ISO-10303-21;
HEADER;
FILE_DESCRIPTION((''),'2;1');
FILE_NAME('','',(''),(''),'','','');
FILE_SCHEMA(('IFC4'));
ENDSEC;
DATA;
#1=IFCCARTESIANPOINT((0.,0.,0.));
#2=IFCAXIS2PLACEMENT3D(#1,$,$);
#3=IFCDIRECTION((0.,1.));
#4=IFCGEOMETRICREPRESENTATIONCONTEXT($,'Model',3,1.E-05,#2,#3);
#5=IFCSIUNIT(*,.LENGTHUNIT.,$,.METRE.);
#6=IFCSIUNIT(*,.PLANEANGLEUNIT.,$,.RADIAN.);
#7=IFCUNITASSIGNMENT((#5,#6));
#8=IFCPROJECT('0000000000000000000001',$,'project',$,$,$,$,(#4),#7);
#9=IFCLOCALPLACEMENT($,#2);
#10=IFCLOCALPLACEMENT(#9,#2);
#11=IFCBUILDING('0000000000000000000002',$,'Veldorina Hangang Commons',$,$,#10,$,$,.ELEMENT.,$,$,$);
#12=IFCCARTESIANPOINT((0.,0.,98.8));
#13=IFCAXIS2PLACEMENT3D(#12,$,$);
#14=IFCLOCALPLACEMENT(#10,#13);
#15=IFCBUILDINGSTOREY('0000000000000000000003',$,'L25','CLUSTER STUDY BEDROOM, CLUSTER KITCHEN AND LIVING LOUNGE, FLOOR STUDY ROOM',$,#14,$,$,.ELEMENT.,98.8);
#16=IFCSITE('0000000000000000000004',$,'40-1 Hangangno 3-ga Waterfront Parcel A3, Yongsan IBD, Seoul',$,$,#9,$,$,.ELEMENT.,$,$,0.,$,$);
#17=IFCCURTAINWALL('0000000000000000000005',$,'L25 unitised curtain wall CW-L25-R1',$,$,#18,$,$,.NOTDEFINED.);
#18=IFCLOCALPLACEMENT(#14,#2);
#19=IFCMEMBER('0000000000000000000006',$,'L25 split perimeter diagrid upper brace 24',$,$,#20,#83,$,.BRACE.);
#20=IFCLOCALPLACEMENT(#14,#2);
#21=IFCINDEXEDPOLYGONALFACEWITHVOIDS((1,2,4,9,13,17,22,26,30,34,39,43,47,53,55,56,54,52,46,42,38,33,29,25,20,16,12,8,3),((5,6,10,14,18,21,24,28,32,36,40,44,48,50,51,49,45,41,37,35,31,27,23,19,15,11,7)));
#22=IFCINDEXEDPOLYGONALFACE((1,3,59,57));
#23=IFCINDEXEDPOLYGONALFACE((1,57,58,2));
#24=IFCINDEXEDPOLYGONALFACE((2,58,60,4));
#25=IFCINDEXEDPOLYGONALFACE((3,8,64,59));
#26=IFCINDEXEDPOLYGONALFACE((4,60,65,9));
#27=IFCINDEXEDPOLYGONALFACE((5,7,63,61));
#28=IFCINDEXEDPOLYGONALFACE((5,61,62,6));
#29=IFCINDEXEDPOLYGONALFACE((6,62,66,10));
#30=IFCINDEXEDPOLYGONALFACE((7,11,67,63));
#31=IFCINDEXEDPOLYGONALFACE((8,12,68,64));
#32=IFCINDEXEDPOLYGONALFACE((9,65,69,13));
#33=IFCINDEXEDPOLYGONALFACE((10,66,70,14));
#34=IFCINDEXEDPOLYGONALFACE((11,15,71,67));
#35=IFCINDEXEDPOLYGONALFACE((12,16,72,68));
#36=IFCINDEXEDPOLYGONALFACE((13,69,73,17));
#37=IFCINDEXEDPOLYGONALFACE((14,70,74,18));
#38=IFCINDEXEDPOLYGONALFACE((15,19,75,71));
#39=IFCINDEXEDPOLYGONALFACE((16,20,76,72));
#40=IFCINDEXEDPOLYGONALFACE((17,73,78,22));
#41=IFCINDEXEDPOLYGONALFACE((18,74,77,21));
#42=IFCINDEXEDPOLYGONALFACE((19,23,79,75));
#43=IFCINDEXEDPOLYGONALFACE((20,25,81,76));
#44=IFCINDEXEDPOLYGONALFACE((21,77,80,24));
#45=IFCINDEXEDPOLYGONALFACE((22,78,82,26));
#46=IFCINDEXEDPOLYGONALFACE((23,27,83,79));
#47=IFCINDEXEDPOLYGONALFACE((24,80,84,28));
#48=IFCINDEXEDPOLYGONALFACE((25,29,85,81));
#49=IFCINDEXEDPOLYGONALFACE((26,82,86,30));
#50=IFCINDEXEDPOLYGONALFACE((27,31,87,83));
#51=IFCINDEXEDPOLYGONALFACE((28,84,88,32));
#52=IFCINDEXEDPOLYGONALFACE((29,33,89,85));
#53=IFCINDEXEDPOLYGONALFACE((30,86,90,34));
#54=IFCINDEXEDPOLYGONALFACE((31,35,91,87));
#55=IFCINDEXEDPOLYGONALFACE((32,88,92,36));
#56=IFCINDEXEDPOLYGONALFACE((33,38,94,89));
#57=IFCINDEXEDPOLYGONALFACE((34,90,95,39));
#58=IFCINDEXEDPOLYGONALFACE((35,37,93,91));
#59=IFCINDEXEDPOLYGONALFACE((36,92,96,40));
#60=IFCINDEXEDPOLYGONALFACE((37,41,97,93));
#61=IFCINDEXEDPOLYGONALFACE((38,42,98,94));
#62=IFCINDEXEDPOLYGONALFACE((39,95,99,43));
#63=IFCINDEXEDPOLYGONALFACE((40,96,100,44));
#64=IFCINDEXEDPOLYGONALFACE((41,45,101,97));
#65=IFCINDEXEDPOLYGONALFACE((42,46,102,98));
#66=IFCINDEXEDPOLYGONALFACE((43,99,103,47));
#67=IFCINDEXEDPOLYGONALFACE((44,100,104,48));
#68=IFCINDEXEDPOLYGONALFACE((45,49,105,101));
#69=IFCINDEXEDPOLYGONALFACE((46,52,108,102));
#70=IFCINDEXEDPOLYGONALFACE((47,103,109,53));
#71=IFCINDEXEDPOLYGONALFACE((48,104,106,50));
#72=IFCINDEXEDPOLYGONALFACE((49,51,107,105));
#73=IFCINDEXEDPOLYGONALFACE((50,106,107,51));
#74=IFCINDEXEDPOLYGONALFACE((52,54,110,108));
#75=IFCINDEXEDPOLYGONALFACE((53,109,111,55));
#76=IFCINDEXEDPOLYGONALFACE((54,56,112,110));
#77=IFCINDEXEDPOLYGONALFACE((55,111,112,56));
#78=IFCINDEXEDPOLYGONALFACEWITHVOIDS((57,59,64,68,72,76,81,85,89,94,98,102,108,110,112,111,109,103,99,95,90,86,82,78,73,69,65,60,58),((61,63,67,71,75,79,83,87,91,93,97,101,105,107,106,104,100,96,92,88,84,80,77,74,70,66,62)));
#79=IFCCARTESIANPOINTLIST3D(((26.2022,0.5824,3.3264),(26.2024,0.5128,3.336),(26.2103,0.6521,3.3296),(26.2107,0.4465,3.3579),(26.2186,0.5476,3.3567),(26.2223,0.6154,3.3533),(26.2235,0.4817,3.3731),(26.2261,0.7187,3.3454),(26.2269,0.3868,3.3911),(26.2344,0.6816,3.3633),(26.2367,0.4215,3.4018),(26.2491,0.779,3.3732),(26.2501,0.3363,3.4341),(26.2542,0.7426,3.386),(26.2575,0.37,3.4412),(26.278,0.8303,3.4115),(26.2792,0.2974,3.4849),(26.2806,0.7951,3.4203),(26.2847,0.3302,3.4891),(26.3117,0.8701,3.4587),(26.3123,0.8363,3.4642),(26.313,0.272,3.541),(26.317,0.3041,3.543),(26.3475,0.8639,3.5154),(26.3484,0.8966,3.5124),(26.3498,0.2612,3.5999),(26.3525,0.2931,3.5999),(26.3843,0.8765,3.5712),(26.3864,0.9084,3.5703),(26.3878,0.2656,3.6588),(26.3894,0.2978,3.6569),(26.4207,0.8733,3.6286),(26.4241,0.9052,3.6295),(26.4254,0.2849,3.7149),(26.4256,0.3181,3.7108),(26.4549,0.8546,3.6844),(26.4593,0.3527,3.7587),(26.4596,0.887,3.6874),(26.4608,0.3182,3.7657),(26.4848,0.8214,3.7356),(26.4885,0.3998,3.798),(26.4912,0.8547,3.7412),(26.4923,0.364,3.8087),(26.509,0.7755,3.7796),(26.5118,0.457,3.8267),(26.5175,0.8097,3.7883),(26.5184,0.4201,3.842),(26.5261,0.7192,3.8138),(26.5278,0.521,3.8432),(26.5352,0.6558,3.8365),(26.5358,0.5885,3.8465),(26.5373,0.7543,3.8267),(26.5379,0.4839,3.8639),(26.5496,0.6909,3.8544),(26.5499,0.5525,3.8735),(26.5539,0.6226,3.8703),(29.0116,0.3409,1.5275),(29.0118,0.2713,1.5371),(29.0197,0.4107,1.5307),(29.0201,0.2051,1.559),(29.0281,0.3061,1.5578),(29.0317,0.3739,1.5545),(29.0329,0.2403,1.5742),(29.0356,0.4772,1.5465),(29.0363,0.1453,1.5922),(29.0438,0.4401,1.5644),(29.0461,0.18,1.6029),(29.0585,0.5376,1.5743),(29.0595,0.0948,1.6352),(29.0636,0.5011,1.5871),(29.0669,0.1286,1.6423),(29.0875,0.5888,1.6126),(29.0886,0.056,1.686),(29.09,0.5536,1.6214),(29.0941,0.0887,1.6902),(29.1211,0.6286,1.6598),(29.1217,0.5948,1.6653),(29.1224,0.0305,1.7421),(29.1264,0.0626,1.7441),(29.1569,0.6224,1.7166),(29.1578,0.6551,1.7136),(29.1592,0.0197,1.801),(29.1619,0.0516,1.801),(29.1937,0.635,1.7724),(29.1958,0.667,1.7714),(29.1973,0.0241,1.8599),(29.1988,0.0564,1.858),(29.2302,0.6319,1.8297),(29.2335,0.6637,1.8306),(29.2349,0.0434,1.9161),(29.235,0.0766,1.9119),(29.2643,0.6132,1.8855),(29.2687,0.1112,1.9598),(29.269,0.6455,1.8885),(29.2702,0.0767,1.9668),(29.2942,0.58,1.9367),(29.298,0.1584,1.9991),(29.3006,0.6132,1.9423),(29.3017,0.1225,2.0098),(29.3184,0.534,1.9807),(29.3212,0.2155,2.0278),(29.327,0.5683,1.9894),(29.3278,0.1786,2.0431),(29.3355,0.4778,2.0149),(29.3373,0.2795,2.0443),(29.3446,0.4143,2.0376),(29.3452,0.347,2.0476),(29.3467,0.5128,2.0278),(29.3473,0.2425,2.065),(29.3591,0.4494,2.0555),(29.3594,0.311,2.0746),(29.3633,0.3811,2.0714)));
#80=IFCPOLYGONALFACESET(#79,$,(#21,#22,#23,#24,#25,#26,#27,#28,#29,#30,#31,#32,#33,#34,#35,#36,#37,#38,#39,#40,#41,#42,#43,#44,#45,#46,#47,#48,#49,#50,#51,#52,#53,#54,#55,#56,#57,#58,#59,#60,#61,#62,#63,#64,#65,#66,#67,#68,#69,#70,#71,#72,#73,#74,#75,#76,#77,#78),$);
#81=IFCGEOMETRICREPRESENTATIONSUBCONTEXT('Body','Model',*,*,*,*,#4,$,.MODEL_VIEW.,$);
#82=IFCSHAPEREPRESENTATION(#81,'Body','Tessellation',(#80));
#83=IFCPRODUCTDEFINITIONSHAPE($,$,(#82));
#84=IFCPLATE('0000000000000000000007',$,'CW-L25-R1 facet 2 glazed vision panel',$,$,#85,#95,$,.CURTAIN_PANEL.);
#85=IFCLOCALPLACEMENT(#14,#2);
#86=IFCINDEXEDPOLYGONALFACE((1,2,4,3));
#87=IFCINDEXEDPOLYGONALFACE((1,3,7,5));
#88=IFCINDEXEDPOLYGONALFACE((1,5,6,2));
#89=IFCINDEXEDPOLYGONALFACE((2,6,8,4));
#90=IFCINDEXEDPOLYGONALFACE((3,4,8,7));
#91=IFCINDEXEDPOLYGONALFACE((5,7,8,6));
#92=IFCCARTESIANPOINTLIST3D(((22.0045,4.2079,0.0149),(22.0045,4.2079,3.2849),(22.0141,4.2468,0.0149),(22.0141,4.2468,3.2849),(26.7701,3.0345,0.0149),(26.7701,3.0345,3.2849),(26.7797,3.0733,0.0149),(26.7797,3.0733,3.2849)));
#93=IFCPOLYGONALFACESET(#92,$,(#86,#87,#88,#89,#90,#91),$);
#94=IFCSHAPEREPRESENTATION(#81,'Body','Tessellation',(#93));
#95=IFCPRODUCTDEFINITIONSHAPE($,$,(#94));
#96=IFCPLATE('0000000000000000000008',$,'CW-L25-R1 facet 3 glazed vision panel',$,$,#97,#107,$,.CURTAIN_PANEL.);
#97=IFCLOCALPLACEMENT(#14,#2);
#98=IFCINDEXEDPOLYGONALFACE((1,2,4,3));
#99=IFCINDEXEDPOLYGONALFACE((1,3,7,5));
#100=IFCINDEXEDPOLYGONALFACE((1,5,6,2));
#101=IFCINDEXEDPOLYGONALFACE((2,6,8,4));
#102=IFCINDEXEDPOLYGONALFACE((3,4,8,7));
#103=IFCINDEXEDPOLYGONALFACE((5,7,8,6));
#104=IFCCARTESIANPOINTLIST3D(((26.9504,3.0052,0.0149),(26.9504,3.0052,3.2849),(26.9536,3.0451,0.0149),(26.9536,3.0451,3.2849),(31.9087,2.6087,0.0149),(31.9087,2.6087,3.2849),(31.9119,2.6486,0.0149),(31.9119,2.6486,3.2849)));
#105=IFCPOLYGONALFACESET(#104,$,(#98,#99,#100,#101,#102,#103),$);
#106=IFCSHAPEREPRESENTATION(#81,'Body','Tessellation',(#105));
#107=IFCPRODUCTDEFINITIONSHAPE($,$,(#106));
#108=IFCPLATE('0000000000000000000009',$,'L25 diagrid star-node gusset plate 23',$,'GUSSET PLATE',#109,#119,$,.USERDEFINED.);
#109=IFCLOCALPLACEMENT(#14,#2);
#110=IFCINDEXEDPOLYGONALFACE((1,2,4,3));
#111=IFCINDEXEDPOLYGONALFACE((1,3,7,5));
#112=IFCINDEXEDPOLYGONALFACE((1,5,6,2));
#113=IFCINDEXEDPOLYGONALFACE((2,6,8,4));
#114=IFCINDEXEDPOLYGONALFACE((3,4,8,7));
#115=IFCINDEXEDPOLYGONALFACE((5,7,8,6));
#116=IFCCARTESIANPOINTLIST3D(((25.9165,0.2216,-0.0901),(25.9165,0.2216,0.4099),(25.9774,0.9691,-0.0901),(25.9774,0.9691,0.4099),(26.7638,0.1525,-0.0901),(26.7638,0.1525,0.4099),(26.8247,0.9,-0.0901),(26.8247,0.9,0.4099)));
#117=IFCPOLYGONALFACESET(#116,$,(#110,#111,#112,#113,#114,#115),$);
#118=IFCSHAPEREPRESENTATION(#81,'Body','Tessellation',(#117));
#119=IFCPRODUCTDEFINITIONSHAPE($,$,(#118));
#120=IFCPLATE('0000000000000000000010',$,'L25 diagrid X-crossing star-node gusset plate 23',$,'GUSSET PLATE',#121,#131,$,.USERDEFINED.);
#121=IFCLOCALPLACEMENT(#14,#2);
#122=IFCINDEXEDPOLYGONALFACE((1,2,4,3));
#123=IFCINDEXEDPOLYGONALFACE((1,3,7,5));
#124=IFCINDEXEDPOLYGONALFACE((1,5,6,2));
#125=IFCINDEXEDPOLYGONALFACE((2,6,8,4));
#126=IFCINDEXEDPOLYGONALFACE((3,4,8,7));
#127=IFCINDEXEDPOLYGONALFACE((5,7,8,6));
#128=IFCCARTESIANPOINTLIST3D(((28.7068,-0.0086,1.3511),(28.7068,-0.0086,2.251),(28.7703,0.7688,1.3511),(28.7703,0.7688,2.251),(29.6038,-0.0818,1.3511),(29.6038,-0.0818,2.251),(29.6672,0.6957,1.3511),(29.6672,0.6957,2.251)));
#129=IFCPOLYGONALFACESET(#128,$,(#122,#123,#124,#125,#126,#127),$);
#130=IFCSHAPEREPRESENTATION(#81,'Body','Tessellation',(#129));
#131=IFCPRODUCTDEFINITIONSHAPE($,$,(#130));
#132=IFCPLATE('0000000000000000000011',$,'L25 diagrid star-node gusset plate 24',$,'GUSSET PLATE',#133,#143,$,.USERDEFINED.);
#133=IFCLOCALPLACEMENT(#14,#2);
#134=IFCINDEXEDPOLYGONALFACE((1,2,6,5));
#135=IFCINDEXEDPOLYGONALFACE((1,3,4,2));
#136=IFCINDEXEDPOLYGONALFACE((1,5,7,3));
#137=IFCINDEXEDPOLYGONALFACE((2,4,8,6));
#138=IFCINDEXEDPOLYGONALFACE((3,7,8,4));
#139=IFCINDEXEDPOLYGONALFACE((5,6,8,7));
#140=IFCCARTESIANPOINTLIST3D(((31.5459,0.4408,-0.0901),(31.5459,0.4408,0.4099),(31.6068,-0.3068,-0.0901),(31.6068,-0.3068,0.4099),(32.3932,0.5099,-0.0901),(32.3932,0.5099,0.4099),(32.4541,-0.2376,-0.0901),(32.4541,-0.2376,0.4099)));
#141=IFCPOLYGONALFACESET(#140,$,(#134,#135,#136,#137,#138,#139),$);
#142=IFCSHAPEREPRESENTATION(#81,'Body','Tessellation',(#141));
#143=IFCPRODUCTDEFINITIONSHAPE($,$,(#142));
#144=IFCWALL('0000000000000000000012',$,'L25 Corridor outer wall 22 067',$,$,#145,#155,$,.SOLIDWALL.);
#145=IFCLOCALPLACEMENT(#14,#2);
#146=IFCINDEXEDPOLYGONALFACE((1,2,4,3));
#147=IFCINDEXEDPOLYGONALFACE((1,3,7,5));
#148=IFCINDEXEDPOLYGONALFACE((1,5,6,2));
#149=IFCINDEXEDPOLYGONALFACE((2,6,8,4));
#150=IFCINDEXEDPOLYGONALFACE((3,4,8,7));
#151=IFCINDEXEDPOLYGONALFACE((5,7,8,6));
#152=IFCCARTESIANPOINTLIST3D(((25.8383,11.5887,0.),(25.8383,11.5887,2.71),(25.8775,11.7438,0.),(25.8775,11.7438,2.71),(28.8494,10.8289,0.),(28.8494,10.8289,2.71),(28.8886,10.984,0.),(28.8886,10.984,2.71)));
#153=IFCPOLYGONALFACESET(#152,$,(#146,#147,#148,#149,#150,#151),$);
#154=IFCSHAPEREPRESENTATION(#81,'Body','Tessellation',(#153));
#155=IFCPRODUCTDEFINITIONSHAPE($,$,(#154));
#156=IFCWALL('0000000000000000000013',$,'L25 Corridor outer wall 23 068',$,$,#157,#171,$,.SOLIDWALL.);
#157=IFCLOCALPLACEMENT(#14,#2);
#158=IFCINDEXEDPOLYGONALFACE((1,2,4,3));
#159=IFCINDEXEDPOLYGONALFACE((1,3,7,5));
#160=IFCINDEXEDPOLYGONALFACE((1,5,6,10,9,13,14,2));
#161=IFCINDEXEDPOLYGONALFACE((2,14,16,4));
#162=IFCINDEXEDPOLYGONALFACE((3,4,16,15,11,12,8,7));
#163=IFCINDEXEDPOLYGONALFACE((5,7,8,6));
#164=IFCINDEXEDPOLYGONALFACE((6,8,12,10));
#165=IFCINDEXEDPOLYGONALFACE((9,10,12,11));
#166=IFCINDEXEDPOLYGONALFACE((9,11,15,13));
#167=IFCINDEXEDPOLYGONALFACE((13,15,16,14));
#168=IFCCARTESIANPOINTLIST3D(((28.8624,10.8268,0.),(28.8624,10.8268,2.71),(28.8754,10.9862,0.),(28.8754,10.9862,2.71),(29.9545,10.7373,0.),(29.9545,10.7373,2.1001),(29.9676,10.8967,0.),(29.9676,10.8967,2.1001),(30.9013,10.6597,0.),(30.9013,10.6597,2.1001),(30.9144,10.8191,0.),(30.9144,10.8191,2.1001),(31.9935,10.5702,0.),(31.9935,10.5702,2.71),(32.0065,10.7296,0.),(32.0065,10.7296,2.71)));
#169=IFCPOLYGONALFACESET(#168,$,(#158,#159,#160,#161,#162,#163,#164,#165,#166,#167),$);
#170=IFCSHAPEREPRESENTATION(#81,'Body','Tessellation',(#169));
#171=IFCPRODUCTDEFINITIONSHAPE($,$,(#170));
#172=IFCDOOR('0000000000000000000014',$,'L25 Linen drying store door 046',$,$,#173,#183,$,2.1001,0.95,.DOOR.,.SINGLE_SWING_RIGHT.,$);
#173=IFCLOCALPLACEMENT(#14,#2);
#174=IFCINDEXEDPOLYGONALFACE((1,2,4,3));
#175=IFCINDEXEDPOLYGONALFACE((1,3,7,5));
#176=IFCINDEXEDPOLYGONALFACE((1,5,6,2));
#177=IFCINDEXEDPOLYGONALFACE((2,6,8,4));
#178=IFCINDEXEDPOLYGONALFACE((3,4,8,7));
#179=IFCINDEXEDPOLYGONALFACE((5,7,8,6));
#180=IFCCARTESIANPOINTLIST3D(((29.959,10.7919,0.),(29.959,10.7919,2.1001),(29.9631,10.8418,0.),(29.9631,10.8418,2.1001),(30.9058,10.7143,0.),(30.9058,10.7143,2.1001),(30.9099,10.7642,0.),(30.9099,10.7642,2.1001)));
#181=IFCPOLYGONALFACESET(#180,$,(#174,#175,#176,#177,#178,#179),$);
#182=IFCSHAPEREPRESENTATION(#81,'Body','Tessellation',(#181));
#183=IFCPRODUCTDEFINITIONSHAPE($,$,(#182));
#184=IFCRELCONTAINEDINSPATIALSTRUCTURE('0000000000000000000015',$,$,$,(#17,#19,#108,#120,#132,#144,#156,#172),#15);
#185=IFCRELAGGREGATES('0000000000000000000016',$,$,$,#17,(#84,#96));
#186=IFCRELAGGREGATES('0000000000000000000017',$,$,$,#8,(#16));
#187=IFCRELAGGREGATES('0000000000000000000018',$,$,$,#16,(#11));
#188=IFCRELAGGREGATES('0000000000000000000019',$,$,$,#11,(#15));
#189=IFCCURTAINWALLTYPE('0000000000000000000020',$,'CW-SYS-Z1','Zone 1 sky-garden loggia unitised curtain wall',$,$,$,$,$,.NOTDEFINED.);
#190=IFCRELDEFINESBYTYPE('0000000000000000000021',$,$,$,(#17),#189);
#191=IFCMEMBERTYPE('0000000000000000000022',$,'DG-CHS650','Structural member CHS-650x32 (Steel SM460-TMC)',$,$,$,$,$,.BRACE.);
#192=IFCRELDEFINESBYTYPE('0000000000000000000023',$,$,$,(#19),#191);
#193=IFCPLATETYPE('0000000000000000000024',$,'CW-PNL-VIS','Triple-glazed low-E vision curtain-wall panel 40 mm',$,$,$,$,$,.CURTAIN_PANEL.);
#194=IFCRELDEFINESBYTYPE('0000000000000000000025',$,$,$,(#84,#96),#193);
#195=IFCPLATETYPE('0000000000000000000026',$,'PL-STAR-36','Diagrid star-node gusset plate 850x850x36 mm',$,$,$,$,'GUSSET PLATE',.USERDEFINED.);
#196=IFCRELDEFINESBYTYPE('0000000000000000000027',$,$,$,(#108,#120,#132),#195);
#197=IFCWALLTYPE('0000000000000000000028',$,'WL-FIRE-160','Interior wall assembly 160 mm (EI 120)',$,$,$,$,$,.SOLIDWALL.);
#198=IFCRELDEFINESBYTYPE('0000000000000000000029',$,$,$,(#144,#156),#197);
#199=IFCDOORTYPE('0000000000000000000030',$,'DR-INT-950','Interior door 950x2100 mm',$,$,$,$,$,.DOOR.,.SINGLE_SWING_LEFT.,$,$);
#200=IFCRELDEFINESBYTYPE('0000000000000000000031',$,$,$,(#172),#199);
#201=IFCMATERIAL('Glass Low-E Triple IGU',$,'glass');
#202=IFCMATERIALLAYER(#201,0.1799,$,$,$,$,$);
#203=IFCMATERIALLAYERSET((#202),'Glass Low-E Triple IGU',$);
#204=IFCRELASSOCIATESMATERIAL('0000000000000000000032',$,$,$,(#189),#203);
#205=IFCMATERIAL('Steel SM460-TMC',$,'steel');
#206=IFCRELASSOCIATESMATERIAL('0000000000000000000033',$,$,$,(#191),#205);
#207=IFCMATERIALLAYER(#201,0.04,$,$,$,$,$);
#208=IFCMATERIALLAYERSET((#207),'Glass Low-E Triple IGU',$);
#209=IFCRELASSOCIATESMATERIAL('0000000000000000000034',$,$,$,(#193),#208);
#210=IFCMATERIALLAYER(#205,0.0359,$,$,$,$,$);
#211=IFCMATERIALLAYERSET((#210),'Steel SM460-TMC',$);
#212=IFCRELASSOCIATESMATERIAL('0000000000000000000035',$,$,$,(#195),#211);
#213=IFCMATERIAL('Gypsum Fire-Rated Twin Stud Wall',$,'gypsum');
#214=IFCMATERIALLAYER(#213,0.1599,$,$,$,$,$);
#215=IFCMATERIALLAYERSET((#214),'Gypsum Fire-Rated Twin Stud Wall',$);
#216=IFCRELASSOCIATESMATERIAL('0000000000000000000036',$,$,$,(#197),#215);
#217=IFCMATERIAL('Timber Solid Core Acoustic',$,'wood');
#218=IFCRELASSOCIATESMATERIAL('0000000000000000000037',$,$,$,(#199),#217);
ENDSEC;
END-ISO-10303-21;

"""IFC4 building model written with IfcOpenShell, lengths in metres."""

from ifc_helpers import new_model, si_unit, direction, frame, frame_2d, origin, origin_2d, place, context, subcontext, project, spatial, rectangle, hollow_circle, extrude, material, layer, layer_set, material_profile, profile_set, type_object, element, fill, aggregate, save


model = new_model("IFC4")

# Units and contexts
model_context = context("Model", 3, precision=1e-05, world=origin(), true_north=direction((0.0, 1.0)))
body_context = subcontext(model_context, "Body", "Model", "MODEL_VIEW")
ifc_project = project(units=[si_unit("LENGTHUNIT", "METRE"), si_unit("PLANEANGLEUNIT", "RADIAN")], contexts=[model_context])

# Site, building, storey
site_placement = place(None, origin())
site = spatial("IfcSite", under=ifc_project, at=site_placement, Name="40-1 Hangangno 3-ga Waterfront Parcel A3, Yongsan IBD, Seoul", CompositionType="ELEMENT", RefElevation=0.0)
building_placement = place(site_placement, origin())
building = spatial("IfcBuilding", under=site, at=building_placement, Name="Veldorina Hangang Commons", CompositionType="ELEMENT")
storey_placement = place(building_placement, frame((0.0, 0.0, 98.8)))
storey = spatial("IfcBuildingStorey", under=building, at=storey_placement, Name="L25", Description="CLUSTER STUDY BEDROOM, CLUSTER KITCHEN AND LIVING LOUNGE, FLOOR STUDY ROOM", CompositionType="ELEMENT", Elevation=98.8)

# Curtain wall
ifc_material_1 = material(Name="Glass Low-E Triple IGU", Category="glass")
ifc_layer_1 = layer(ifc_material_1, 0.1799)
ifc_layer_set_1 = layer_set([ifc_layer_1], Name="Glass Low-E Triple IGU")
curtain_wall_type = type_object("IfcCurtainWallType", Name="CW-SYS-Z1", Description="Zone 1 sky-garden loggia unitised curtain wall", PredefinedType="NOTDEFINED", material=ifc_layer_set_1)
curtain_wall_placement = place(storey_placement, origin())
curtain_wall = element("IfcCurtainWall", 1, at=curtain_wall_placement, inside=storey, type_object=curtain_wall_type, Name="L25 unitised curtain wall CW-L25-R1", PredefinedType="NOTDEFINED")

# Member
ifc_material_2 = material(Name="Steel SM460-TMC", Category="steel")
ifc_material_profile_1 = material_profile(ifc_material_2, hollow_circle(Radius=0.325, WallThickness=0.032, at=origin_2d()), Name="CHS-650x32")
ifc_profile_set_1 = profile_set([ifc_material_profile_1], Name="Steel SM460-TMC")
member_type_1 = type_object("IfcMemberType", Name="DG-CHS650", Description="Structural member CHS-650x32 (Steel SM460-TMC)", PredefinedType="BRACE", material=ifc_profile_set_1)
member_1_placement = place(storey_placement, frame((29.187, 0.3435, 1.801), z_axis=(-0.839957, 0.072192, 0.537829), x_axis=(-0.085632, -0.996327, 0.0)))
element("IfcMember", 2, at=member_1_placement, inside=storey, type_object=member_type_1, Name="L25 split perimeter diagrid upper brace 24", PredefinedType="BRACE", context=body_context, shape_type="SweptSolid", body=[
    extrude(hollow_circle(Radius=0.325, WallThickness=0.032, at=origin_2d()), origin(), (0.0, 0.0, 1.0), 3.3447),
])

# Plates
ifc_layer_2 = layer(ifc_material_1, 0.04)
ifc_layer_set_2 = layer_set([ifc_layer_2], Name="Glass Low-E Triple IGU")
plate_type_1 = type_object("IfcPlateType", Name="CW-PNL-VIS", Description="Triple-glazed low-E vision curtain-wall panel 40 mm", PredefinedType="CURTAIN_PANEL", material=ifc_layer_set_2)
plate_1_placement = place(storey_placement, frame((24.3921, 3.6406, 0.0149), z_axis=(0.0, 0.0, 1.0), x_axis=(0.970997, -0.239093, 0.0)))
plate_1 = element("IfcPlate", 3, at=plate_1_placement, type_object=plate_type_1, Name="CW-L25-R1 facet 2 glazed vision panel", PredefinedType="CURTAIN_PANEL", context=body_context, shape_type="SweptSolid", body=[
    extrude(rectangle(XDim=4.908, YDim=0.04, at=origin_2d()), origin(), (0.0, 0.0, 1.0), 3.27),
])
plate_2_placement = place(storey_placement, frame((29.4312, 2.8269, 0.0149), z_axis=(0.0, 0.0, 1.0), x_axis=(0.996818, -0.079712, 0.0)))
plate_2 = element("IfcPlate", 4, at=plate_2_placement, type_object=plate_type_1, Name="CW-L25-R1 facet 3 glazed vision panel", PredefinedType="CURTAIN_PANEL", context=body_context, shape_type="SweptSolid", body=[
    extrude(rectangle(XDim=4.9741, YDim=0.04, at=origin_2d()), origin(), (0.0, 0.0, 1.0), 3.27),
])
aggregate(curtain_wall, [plate_1, plate_2])

# Plates
ifc_layer_3 = layer(ifc_material_2, 0.0359)
ifc_layer_set_3 = layer_set([ifc_layer_3], Name="Steel SM460-TMC")
plate_type_2 = type_object("IfcPlateType", Name="PL-STAR-36", Description="Diagrid star-node gusset plate 850x850x36 mm", ElementType="GUSSET PLATE", PredefinedType="USERDEFINED", material=ifc_layer_set_3)
plate_3_placement = place(storey_placement, frame((26.3706, 0.5608, -0.0901), z_axis=(0.0, 0.0, 1.0), x_axis=(0.99669, -0.081295, 0.0)))
element("IfcPlate", 5, at=plate_3_placement, inside=storey, type_object=plate_type_2, Name="L25 diagrid star-node gusset plate 23", ObjectType="GUSSET PLATE", PredefinedType="USERDEFINED", context=body_context, shape_type="SweptSolid", body=[
    extrude(rectangle(XDim=0.8501, YDim=0.75, at=origin_2d()), origin(), (0.0, 0.0, 1.0), 0.5),
])
plate_4_placement = place(storey_placement, frame((29.187, 0.3435, 1.3511), z_axis=(0.0, 0.0, 1.0), x_axis=(0.99669, -0.081295, 0.0)))
element("IfcPlate", 6, at=plate_4_placement, inside=storey, type_object=plate_type_2, Name="L25 diagrid X-crossing star-node gusset plate 23", ObjectType="GUSSET PLATE", PredefinedType="USERDEFINED", context=body_context, shape_type="SweptSolid", body=[
    extrude(rectangle(XDim=0.8999, YDim=0.78, at=origin_2d()), origin(), (0.0, 0.0, 1.0), 0.8999),
])
plate_5_placement = place(storey_placement, frame((32.0, 0.1016, -0.0901), z_axis=(0.0, 0.0, 1.0), x_axis=(0.99669, 0.081295, 0.0)))
element("IfcPlate", 7, at=plate_5_placement, inside=storey, type_object=plate_type_2, Name="L25 diagrid star-node gusset plate 24", ObjectType="GUSSET PLATE", PredefinedType="USERDEFINED", context=body_context, shape_type="SweptSolid", body=[
    extrude(rectangle(XDim=0.8501, YDim=0.75, at=origin_2d()), origin(), (0.0, 0.0, 1.0), 0.5),
])

# Wall
ifc_material_3 = material(Name="Gypsum Fire-Rated Twin Stud Wall", Category="gypsum")
ifc_layer_4 = layer(ifc_material_3, 0.1599)
ifc_layer_set_4 = layer_set([ifc_layer_4], Name="Gypsum Fire-Rated Twin Stud Wall")
wall_type_1 = type_object("IfcWallType", Name="WL-FIRE-160", Description="Interior wall assembly 160 mm (EI 120)", PredefinedType="SOLIDWALL", material=ifc_layer_set_4)
wall_1_placement = place(storey_placement, frame((25.8579, 11.6663, 0.0), z_axis=(0.0, 0.0, 1.0), x_axis=(0.969608, -0.244662, 0.0)))
element("IfcWall", 8, at=wall_1_placement, inside=storey, type_object=wall_type_1, Name="L25 Corridor outer wall 22 067", PredefinedType="SOLIDWALL", context=body_context, shape_type="SweptSolid", body=[
    extrude(rectangle(XDim=3.1055, YDim=0.1599, at=frame_2d((1.5527, 0.0))), origin(), (0.0, 0.0, 1.0), 2.71),
])

# Wall, opening, door
wall_2_placement = place(storey_placement, frame((28.8689, 10.9065, 0.0), z_axis=(0.0, 0.0, 1.0), x_axis=(0.996659, -0.081676, 0.0)))
wall_2 = element("IfcWall", 9, at=wall_2_placement, inside=storey, type_object=wall_type_1, Name="L25 Corridor outer wall 23 068", PredefinedType="SOLIDWALL", context=body_context, shape_type="SweptSolid", body=[
    extrude(rectangle(XDim=3.1416, YDim=0.1599, at=frame_2d((1.5708, 0.0))), origin(), (0.0, 0.0, 1.0), 2.71),
])
opening_1_placement = place(wall_2_placement, frame((1.0957, 0.0, 0.0)))
opening_1 = element("IfcOpeningElement", 10, at=opening_1_placement, cuts=wall_2, PredefinedType="OPENING", context=body_context, shape_type="SweptSolid", body=[
    extrude(rectangle(XDim=0.95, YDim=2.1001, at=frame_2d((0.4751, 1.05))), frame((0.0, 0.0898, 0.0), z_axis=(0.0, -1.0, 0.0), x_axis=(1.0, 0.0, 0.0)), (0.0, 0.0, 1.0), 0.1799),
])
ifc_material_4 = material(Name="Timber Solid Core Acoustic", Category="wood")
door_type = type_object("IfcDoorType", Name="DR-INT-950", Description="Interior door 950x2100 mm", OperationType="SINGLE_SWING_LEFT", PredefinedType="DOOR", material=ifc_material_4)
door_1_placement = place(opening_1_placement, origin())
door_1 = element("IfcDoor", 11, at=door_1_placement, inside=storey, type_object=door_type, Name="L25 Linen drying store door 046", OperationType="SINGLE_SWING_RIGHT", OverallHeight=2.1001, OverallWidth=0.95, PredefinedType="DOOR", context=body_context, shape_type="SweptSolid", body=[
    extrude(rectangle(XDim=0.95, YDim=2.1001, at=frame_2d((0.4751, 1.05))), frame((0.0, 0.0249, 0.0), z_axis=(0.0, -1.0, 0.0), x_axis=(1.0, 0.0, 0.0)), (0.0, 0.0, 1.0), 0.05),
])
fill(opening_1, door_1)

save(model, "model.ifc")
